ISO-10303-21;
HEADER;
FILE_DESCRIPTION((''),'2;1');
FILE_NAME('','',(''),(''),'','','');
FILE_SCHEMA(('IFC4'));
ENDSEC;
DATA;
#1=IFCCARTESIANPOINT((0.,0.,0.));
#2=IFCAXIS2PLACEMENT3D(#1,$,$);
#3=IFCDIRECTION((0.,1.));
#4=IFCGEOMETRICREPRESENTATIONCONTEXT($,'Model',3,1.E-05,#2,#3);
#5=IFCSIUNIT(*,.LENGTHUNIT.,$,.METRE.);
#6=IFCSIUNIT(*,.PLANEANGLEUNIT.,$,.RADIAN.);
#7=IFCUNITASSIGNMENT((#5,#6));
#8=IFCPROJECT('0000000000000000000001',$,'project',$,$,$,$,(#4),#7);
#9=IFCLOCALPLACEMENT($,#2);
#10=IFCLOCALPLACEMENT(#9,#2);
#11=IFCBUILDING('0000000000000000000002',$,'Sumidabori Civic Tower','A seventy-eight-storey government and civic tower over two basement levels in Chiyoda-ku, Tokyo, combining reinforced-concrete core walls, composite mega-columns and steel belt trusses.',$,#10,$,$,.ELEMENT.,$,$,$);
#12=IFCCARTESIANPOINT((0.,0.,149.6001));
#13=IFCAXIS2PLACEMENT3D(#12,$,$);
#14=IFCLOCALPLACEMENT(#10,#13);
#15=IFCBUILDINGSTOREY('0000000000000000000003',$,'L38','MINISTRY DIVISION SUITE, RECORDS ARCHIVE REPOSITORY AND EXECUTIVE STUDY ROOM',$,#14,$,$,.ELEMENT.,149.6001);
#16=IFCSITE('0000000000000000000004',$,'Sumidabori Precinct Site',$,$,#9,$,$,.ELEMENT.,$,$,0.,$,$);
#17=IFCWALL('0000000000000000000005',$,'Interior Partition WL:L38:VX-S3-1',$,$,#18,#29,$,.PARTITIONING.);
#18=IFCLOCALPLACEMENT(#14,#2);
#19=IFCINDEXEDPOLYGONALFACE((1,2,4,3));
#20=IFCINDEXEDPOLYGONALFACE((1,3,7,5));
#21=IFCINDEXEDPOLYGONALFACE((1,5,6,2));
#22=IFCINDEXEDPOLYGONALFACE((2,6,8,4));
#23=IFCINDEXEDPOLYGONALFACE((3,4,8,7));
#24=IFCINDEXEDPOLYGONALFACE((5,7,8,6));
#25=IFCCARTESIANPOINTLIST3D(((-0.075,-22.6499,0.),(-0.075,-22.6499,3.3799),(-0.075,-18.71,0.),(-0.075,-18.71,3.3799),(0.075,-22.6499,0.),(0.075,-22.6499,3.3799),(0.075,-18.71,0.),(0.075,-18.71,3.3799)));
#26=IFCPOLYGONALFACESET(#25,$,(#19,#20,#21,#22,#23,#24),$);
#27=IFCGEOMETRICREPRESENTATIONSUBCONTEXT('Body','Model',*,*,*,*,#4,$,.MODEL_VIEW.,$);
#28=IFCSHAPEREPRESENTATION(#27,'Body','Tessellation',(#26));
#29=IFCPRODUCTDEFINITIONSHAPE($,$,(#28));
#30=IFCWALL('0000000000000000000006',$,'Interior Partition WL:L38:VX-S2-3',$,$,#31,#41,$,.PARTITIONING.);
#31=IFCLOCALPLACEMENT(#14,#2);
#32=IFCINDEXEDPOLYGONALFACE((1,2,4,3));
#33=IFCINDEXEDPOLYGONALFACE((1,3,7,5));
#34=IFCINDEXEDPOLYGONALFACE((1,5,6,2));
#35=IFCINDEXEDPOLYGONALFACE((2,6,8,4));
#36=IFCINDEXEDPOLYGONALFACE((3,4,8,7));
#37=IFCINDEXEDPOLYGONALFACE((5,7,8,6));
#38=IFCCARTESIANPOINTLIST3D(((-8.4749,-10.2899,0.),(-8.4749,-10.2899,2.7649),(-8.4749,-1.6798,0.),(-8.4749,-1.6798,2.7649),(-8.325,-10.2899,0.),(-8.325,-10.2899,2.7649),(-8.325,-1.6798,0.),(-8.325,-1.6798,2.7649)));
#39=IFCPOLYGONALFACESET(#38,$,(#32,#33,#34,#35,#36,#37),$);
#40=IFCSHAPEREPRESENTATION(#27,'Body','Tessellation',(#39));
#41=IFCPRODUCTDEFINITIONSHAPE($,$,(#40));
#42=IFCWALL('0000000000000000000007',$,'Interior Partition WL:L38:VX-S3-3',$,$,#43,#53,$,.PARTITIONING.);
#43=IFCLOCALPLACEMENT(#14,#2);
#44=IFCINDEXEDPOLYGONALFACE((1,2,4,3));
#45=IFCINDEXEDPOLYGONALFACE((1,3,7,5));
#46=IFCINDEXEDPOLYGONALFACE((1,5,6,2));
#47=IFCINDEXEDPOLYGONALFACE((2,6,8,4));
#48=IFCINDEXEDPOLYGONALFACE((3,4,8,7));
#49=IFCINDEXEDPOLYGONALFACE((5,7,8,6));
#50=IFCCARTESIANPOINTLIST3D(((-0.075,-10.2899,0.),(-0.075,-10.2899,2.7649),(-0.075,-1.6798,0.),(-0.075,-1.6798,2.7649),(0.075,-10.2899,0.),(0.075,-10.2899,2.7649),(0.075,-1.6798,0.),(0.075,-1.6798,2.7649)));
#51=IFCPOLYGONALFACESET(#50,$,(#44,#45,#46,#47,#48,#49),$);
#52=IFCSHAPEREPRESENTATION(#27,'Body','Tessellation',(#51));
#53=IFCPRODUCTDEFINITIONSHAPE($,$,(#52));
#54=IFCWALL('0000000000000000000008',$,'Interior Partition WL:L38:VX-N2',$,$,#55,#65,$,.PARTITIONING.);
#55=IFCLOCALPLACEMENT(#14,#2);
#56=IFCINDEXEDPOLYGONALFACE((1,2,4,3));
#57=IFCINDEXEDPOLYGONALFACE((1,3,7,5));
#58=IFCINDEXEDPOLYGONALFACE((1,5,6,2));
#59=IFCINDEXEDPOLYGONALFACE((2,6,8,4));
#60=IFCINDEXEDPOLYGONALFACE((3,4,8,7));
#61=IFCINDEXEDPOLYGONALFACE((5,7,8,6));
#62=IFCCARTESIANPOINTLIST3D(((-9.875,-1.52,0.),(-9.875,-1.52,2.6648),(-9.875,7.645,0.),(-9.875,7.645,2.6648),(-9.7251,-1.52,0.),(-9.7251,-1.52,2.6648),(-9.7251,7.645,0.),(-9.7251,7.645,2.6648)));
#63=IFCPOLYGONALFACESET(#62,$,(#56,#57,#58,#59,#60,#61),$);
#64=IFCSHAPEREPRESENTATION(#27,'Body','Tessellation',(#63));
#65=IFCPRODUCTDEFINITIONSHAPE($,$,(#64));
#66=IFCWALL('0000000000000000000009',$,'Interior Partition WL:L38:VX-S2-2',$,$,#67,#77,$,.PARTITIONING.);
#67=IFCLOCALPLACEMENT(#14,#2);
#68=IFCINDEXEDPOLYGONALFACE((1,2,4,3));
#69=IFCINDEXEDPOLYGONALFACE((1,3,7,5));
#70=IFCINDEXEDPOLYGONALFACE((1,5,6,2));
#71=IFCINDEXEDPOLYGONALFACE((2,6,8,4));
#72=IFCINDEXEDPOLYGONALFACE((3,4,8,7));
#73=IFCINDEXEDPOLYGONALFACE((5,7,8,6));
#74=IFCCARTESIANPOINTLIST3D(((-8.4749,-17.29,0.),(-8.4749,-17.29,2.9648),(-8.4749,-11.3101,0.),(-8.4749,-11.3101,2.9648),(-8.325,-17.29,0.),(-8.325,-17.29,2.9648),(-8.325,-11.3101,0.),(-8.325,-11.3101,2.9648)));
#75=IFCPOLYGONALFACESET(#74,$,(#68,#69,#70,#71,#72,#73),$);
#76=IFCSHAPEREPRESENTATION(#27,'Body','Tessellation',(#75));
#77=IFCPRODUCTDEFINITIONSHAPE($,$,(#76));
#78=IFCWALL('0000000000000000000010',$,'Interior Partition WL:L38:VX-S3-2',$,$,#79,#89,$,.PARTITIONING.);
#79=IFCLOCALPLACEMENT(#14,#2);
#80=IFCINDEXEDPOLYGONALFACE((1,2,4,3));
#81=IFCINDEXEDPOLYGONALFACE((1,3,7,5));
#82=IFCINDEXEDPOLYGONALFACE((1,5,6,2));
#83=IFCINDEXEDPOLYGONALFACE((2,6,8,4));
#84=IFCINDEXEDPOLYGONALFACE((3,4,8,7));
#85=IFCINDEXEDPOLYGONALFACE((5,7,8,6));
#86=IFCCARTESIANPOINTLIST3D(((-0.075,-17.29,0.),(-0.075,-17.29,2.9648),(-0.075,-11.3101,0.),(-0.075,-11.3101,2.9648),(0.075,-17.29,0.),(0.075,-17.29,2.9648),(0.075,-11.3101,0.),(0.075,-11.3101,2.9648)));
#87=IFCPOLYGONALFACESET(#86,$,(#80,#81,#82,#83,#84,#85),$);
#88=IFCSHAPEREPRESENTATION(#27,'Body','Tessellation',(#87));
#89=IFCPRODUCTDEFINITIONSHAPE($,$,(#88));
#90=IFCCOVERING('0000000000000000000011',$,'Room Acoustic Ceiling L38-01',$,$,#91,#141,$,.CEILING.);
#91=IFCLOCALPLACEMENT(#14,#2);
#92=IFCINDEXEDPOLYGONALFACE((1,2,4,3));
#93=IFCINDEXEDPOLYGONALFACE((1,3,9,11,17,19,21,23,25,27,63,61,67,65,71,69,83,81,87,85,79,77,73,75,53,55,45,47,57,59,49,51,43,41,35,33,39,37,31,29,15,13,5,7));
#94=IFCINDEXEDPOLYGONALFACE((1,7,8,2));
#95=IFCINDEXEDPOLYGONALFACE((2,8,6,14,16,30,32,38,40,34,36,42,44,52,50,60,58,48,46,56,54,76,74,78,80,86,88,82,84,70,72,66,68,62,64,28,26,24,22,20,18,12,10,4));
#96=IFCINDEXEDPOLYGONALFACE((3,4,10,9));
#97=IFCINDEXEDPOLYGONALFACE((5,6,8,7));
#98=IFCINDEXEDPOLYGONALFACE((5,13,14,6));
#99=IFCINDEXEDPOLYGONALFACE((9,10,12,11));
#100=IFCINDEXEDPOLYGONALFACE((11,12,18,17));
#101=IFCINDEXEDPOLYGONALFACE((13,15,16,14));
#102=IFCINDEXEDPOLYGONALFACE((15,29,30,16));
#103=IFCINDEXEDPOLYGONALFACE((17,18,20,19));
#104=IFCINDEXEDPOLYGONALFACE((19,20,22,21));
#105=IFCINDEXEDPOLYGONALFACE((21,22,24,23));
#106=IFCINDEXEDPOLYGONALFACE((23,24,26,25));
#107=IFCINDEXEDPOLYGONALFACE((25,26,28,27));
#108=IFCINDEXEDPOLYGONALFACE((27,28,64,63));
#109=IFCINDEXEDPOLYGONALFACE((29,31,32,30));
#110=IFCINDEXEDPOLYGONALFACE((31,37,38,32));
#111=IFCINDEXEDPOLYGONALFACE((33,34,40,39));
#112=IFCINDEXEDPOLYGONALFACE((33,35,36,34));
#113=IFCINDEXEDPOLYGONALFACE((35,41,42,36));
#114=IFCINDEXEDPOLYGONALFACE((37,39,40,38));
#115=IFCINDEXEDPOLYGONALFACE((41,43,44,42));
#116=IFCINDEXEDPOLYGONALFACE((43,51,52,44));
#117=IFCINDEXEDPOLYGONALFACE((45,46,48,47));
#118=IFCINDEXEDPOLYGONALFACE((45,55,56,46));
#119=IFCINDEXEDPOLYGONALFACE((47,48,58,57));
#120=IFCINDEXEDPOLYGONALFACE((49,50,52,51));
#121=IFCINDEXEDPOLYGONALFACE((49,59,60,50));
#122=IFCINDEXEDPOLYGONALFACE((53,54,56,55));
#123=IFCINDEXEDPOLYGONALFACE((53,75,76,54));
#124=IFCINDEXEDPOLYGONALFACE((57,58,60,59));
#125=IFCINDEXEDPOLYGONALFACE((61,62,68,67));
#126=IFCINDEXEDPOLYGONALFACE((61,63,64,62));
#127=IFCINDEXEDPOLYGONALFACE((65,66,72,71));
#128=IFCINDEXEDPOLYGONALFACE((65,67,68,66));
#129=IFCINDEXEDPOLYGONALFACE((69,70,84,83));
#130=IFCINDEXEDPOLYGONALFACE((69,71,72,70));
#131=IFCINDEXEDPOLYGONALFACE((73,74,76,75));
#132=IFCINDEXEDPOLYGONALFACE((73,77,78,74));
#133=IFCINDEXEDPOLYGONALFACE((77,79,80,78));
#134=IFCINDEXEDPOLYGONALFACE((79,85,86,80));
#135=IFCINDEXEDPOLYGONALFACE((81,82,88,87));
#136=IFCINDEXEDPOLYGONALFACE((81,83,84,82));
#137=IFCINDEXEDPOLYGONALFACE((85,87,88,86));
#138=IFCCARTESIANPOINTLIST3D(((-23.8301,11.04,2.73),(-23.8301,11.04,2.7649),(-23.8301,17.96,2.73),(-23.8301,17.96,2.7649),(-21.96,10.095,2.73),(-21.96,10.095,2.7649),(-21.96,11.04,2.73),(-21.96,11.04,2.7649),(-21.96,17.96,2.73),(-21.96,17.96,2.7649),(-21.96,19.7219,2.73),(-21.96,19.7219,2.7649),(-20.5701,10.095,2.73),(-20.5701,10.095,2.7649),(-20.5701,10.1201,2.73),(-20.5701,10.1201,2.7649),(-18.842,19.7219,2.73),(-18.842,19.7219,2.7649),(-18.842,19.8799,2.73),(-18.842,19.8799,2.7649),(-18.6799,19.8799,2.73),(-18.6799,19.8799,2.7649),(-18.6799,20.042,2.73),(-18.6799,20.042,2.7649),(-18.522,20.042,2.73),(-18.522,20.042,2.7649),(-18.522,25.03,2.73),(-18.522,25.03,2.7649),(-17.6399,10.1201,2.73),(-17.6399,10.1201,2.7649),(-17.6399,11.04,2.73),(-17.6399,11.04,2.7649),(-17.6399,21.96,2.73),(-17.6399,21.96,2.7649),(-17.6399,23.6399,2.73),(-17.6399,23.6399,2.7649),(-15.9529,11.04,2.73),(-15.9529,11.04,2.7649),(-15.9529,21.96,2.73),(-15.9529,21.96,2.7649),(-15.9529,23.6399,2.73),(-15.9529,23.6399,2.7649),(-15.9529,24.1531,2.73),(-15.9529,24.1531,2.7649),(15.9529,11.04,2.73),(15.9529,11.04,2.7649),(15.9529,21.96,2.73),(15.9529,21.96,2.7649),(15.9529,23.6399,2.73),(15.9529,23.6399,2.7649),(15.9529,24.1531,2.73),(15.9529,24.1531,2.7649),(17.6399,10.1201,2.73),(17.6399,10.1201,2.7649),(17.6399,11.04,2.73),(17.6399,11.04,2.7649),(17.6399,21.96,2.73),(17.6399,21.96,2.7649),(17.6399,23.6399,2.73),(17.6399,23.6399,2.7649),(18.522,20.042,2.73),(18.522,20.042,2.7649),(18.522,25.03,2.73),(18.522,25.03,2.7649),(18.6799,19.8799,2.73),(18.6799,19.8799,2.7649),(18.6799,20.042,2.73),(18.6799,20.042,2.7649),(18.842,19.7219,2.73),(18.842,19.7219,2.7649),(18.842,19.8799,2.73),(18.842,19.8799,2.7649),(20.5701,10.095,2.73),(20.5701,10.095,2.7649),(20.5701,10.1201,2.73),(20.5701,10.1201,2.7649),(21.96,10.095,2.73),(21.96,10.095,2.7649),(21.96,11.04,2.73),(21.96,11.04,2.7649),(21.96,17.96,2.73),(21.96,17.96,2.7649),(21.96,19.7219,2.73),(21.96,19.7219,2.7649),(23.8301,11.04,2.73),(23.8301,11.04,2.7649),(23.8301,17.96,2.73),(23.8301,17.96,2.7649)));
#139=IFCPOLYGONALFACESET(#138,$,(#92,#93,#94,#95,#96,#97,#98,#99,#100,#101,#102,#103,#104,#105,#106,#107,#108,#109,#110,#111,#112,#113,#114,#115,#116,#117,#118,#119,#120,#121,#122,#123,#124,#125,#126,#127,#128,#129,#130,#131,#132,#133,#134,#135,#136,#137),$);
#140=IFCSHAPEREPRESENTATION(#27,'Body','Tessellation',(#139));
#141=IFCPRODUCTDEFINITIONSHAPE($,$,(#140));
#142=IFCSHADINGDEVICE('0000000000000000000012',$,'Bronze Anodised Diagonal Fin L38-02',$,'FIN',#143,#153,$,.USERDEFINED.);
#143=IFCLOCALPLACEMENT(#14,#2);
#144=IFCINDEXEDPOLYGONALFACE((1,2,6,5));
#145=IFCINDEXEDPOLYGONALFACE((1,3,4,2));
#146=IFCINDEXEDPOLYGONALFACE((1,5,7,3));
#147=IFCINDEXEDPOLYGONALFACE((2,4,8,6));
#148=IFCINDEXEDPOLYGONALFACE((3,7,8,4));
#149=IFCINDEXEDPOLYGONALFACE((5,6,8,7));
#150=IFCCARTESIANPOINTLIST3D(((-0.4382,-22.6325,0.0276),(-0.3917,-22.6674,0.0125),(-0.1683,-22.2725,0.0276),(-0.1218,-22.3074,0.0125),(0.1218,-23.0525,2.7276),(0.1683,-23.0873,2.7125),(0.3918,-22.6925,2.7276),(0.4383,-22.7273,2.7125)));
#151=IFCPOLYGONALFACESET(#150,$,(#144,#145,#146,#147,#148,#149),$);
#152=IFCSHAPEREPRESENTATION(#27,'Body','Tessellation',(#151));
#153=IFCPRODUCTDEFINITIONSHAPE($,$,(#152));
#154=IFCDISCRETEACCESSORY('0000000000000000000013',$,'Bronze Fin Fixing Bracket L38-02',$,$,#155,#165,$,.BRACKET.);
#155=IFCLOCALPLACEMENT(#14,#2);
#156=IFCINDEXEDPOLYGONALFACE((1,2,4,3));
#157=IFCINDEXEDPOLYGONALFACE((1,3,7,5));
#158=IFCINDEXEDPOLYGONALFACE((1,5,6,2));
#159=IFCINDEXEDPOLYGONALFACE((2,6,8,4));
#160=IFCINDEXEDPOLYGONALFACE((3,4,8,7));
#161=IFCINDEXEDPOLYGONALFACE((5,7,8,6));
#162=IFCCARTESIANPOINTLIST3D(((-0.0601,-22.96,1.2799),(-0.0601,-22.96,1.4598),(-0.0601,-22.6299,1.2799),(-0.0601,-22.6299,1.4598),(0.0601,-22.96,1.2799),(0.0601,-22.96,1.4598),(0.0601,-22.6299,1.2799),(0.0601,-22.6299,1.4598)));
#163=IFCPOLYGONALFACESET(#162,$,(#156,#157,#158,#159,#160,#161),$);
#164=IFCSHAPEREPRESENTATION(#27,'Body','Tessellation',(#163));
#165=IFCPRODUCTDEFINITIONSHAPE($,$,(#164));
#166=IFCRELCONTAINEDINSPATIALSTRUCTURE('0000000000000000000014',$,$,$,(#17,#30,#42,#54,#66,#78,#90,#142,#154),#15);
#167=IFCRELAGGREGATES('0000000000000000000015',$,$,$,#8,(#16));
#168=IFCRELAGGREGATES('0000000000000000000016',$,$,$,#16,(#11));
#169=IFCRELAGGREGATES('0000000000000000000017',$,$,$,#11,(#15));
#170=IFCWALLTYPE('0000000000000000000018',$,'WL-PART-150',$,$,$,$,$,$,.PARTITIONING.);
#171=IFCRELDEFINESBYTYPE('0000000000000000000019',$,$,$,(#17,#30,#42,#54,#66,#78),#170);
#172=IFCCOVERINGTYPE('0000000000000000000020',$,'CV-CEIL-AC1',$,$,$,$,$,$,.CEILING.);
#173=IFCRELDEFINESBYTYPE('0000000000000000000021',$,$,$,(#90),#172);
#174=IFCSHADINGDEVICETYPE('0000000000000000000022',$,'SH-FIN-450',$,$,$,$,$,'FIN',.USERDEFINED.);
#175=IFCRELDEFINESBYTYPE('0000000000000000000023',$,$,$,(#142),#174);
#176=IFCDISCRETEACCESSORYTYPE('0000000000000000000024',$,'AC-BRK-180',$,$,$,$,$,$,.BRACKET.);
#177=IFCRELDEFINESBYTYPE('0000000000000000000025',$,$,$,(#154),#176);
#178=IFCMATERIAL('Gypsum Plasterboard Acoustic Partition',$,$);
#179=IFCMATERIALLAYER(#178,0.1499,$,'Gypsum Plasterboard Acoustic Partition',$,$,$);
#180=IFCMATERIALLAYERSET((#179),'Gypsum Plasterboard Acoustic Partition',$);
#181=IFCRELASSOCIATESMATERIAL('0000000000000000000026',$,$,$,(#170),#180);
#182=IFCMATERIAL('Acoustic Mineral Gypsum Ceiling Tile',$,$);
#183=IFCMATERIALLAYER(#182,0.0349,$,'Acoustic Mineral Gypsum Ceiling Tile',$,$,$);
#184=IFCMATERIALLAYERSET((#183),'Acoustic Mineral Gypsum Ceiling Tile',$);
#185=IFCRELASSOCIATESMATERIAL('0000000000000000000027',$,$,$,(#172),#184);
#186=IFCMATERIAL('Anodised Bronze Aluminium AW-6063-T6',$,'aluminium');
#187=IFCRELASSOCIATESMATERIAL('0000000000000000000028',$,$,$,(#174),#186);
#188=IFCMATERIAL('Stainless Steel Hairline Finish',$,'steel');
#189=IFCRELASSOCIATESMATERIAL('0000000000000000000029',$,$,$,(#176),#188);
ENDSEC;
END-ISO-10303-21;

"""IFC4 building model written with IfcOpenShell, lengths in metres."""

from ifc_helpers import new_model, si_unit, direction, frame, frame_2d, origin, origin_2d, place, context, subcontext, project, spatial, polyline, rectangle, outline, extrude, source, transform, mapped, material, layer, layer_set, material_profile, profile_set, type_object, element, save


model = new_model("IFC4")

# Units and contexts
model_context = context("Model", 3, precision=1e-05, world=origin(), true_north=direction((0.0, 1.0)))
body_context = subcontext(model_context, "Body", "Model", "MODEL_VIEW")
ifc_project = project(units=[si_unit("LENGTHUNIT", "METRE"), si_unit("PLANEANGLEUNIT", "RADIAN")], contexts=[model_context])

# Site, building, storey
site_placement = place(None, origin())
site = spatial("IfcSite", under=ifc_project, at=site_placement, Name="Sumidabori Precinct Site", CompositionType="ELEMENT", RefElevation=0.0)
building_placement = place(site_placement, origin())
building = spatial("IfcBuilding", under=site, at=building_placement, Name="Sumidabori Civic Tower", Description="A seventy-eight-storey government and civic tower over two basement levels in Chiyoda-ku, Tokyo, combining reinforced-concrete core walls, composite mega-columns and steel belt trusses.", CompositionType="ELEMENT")
storey_placement = place(building_placement, frame((0.0, 0.0, 149.6001)))
storey = spatial("IfcBuildingStorey", under=building, at=storey_placement, Name="L38", Description="MINISTRY DIVISION SUITE, RECORDS ARCHIVE REPOSITORY AND EXECUTIVE STUDY ROOM", CompositionType="ELEMENT", Elevation=149.6001)

# Shared definitions
ifc_material_1 = material(Name="Anodised Bronze Aluminium AW-6063-T6", Category="aluminium")

# Walls
ifc_material_2 = material(Name="Gypsum Plasterboard Acoustic Partition")
ifc_layer_1 = layer(ifc_material_2, 0.1499, Name="Gypsum Plasterboard Acoustic Partition")
ifc_layer_set_1 = layer_set([ifc_layer_1], Name="Gypsum Plasterboard Acoustic Partition")
wall_type = type_object("IfcWallType", Name="WL-PART-150", PredefinedType="PARTITIONING", material=ifc_layer_set_1)
shared_shape_1 = source(origin(), body_context, "Body", "SweptSolid", [
    extrude(rectangle(XDim=3.9399, YDim=0.1499, at=frame_2d((1.97, 0.0))), origin(), (0.0, 0.0, 1.0), 3.3799),
])
for number, where, z_axis, x_axis, name in (
    (1, (0.0, -22.6499, 0.0), (0.0, 0.0, 1.0), (0.0, 1.0, 0.0), "Interior Partition WL:L38:VX-S3-1"),
):
    element("IfcWall", number, at=place(storey_placement, frame(where, z_axis=z_axis, x_axis=x_axis)), inside=storey, type_object=wall_type, Name=name, PredefinedType="PARTITIONING", context=body_context, shape_type="MappedRepresentation", body=[
        mapped(shared_shape_1, transform((0.0, 0.0, 0.0), x_axis=(1.0, 0.0, 0.0), y_axis=(0.0, 1.0, 0.0), z_axis=(0.0, 0.0, 1.0), scale=1.0)),
    ])
shared_shape_2 = source(origin(), body_context, "Body", "SweptSolid", [
    extrude(rectangle(XDim=8.6101, YDim=0.1499, at=frame_2d((4.3052, 0.0))), origin(), (0.0, 0.0, 1.0), 2.7649),
])
for number, where, z_axis, x_axis, name in (
    (2, (-8.3999, -10.29, 0.0), (0.0, 0.0, 1.0), (0.0, 1.0, 0.0), "Interior Partition WL:L38:VX-S2-3"),
    (3, (0.0, -10.29, 0.0), (0.0, 0.0, 1.0), (0.0, 1.0, 0.0), "Interior Partition WL:L38:VX-S3-3"),
):
    element("IfcWall", number, at=place(storey_placement, frame(where, z_axis=z_axis, x_axis=x_axis)), inside=storey, type_object=wall_type, Name=name, PredefinedType="PARTITIONING", context=body_context, shape_type="MappedRepresentation", body=[
        mapped(shared_shape_2, transform((0.0, 0.0, 0.0), x_axis=(1.0, 0.0, 0.0), y_axis=(0.0, 1.0, 0.0), z_axis=(0.0, 0.0, 1.0), scale=1.0)),
    ])
shared_shape_3 = source(origin(), body_context, "Body", "SweptSolid", [
    extrude(rectangle(XDim=9.165, YDim=0.1499, at=frame_2d((4.5825, 0.0))), origin(), (0.0, 0.0, 1.0), 2.6648),
])
wall_placement = place(storey_placement, frame((-9.8, -1.52, 0.0), z_axis=(0.0, 0.0, 1.0), x_axis=(0.0, 1.0, 0.0)))
element("IfcWall", 4, at=wall_placement, inside=storey, type_object=wall_type, Name="Interior Partition WL:L38:VX-N2", PredefinedType="PARTITIONING", context=body_context, shape_type="MappedRepresentation", body=[
    mapped(shared_shape_3, transform((0.0, 0.0, 0.0), x_axis=(1.0, 0.0, 0.0), y_axis=(0.0, 1.0, 0.0), z_axis=(0.0, 0.0, 1.0), scale=1.0)),
])
shared_shape_4 = source(origin(), body_context, "Body", "SweptSolid", [
    extrude(rectangle(XDim=5.98, YDim=0.1499, at=frame_2d((2.99, 0.0))), origin(), (0.0, 0.0, 1.0), 2.9648),
])
for number, where, z_axis, x_axis, name in (
    (5, (-8.3999, -17.29, 0.0), (0.0, 0.0, 1.0), (0.0, 1.0, 0.0), "Interior Partition WL:L38:VX-S2-2"),
    (6, (0.0, -17.29, 0.0), (0.0, 0.0, 1.0), (0.0, 1.0, 0.0), "Interior Partition WL:L38:VX-S3-2"),
):
    element("IfcWall", number, at=place(storey_placement, frame(where, z_axis=z_axis, x_axis=x_axis)), inside=storey, type_object=wall_type, Name=name, PredefinedType="PARTITIONING", context=body_context, shape_type="MappedRepresentation", body=[
        mapped(shared_shape_4, transform((0.0, 0.0, 0.0), x_axis=(1.0, 0.0, 0.0), y_axis=(0.0, 1.0, 0.0), z_axis=(0.0, 0.0, 1.0), scale=1.0)),
    ])

# Covering
ifc_material_3 = material(Name="Acoustic Mineral Gypsum Ceiling Tile")
ifc_layer_2 = layer(ifc_material_3, 0.0349, Name="Acoustic Mineral Gypsum Ceiling Tile")
ifc_layer_set_2 = layer_set([ifc_layer_2], Name="Acoustic Mineral Gypsum Ceiling Tile")
covering_type = type_object("IfcCoveringType", Name="CV-CEIL-AC1", PredefinedType="CEILING", material=ifc_layer_set_2)
covering_placement = place(storey_placement, frame((0.0, 0.0, 2.73)))
element("IfcCovering", 7, at=covering_placement, inside=storey, type_object=covering_type, Name="Room Acoustic Ceiling L38-01", PredefinedType="CEILING", context=body_context, shape_type="SweptSolid", body=[
    extrude(outline(polyline([(-20.5701, 10.095), (-21.96, 10.095), (-21.96, 11.04), (-23.8301, 11.04), (-23.8301, 17.96), (-21.96, 17.96), (-21.96, 19.7219), (-18.842, 19.7219), (-18.842, 19.8799), (-18.6799, 19.8799), (-18.6799, 20.042), (-18.522, 20.042), (-18.522, 25.03), (18.522, 25.03), (18.522, 20.042), (18.6799, 20.042), (18.6799, 19.8799), (18.842, 19.8799), (18.842, 19.7219), (21.96, 19.7219), (21.96, 17.96), (23.8301, 17.96), (23.8301, 11.04), (21.96, 11.04), (21.96, 10.095), (20.5701, 10.095), (20.5701, 10.1201), (17.6399, 10.1201), (17.6399, 11.04), (15.9529, 11.04), (15.9529, 21.96), (17.6399, 21.96), (17.6399, 23.6399), (15.9529, 23.6399), (15.9529, 24.1531), (-15.9529, 24.1531), (-15.9529, 23.6399), (-17.6399, 23.6399), (-17.6399, 21.96), (-15.9529, 21.96), (-15.9529, 11.04), (-17.6399, 11.04), (-17.6399, 10.1201), (-20.5701, 10.1201), (-20.5701, 10.095)])), origin(), (0.0, 0.0, 1.0), 0.0349),
])

# Shading device
ifc_material_profile_1 = material_profile(ifc_material_1, rectangle(XDim=0.0601, YDim=0.45, at=origin_2d()), Name="BRONZE FIN 450x60")
ifc_profile_set_1 = profile_set([ifc_material_profile_1], Name="Anodised Bronze Aluminium AW-6063-T6")
shading_device_type = type_object("IfcShadingDeviceType", Name="SH-FIN-450", ElementType="FIN", PredefinedType="USERDEFINED", material=ifc_profile_set_1)
shared_shape_5 = source(origin(), body_context, "Body", "SweptSolid", [
    extrude(rectangle(XDim=0.0601, YDim=0.45, at=origin_2d()), origin(), (0.0, 0.0, 1.0), 2.7893),
])
shading_device_placement = place(storey_placement, frame((-0.28, -22.47, 0.02), z_axis=(0.200794, -0.150552, 0.967996), x_axis=(0.774478, -0.580689, -0.250966)))
element("IfcShadingDevice", 8, at=shading_device_placement, inside=storey, type_object=shading_device_type, Name="Bronze Anodised Diagonal Fin L38-02", ObjectType="FIN", PredefinedType="USERDEFINED", context=body_context, shape_type="MappedRepresentation", body=[
    mapped(shared_shape_5, transform((0.0, 0.0, 0.0), x_axis=(1.0, 0.0, 0.0), y_axis=(0.0, 1.0, 0.0), z_axis=(0.0, 0.0, 1.0), scale=1.0)),
])

# Discrete accessory
ifc_material_4 = material(Name="Stainless Steel Hairline Finish", Category="steel")
ifc_material_profile_2 = material_profile(ifc_material_4, rectangle(XDim=0.1201, YDim=0.1799, at=origin_2d()), Name="STEEL BRACKET 180x120")
ifc_profile_set_2 = profile_set([ifc_material_profile_2], Name="Stainless Steel Hairline Finish")
discrete_accessory_type = type_object("IfcDiscreteAccessoryType", Name="AC-BRK-180", PredefinedType="BRACKET", material=ifc_profile_set_2)
shared_shape_6 = source(origin(), body_context, "Body", "SweptSolid", [
    extrude(rectangle(XDim=0.1201, YDim=0.1799, at=origin_2d()), origin(), (0.0, 0.0, 1.0), 0.3301),
])
discrete_accessory_placement = place(storey_placement, frame((0.0, -22.6299, 1.3699), z_axis=(0.0, -1.0, 0.0), x_axis=(1.0, 0.0, 0.0)))
element("IfcDiscreteAccessory", 9, at=discrete_accessory_placement, inside=storey, type_object=discrete_accessory_type, Name="Bronze Fin Fixing Bracket L38-02", PredefinedType="BRACKET", context=body_context, shape_type="MappedRepresentation", body=[
    mapped(shared_shape_6, transform((0.0, 0.0, 0.0), x_axis=(1.0, 0.0, 0.0), y_axis=(0.0, 1.0, 0.0), z_axis=(0.0, 0.0, 1.0), scale=1.0)),
])

save(model, "model.ifc")
